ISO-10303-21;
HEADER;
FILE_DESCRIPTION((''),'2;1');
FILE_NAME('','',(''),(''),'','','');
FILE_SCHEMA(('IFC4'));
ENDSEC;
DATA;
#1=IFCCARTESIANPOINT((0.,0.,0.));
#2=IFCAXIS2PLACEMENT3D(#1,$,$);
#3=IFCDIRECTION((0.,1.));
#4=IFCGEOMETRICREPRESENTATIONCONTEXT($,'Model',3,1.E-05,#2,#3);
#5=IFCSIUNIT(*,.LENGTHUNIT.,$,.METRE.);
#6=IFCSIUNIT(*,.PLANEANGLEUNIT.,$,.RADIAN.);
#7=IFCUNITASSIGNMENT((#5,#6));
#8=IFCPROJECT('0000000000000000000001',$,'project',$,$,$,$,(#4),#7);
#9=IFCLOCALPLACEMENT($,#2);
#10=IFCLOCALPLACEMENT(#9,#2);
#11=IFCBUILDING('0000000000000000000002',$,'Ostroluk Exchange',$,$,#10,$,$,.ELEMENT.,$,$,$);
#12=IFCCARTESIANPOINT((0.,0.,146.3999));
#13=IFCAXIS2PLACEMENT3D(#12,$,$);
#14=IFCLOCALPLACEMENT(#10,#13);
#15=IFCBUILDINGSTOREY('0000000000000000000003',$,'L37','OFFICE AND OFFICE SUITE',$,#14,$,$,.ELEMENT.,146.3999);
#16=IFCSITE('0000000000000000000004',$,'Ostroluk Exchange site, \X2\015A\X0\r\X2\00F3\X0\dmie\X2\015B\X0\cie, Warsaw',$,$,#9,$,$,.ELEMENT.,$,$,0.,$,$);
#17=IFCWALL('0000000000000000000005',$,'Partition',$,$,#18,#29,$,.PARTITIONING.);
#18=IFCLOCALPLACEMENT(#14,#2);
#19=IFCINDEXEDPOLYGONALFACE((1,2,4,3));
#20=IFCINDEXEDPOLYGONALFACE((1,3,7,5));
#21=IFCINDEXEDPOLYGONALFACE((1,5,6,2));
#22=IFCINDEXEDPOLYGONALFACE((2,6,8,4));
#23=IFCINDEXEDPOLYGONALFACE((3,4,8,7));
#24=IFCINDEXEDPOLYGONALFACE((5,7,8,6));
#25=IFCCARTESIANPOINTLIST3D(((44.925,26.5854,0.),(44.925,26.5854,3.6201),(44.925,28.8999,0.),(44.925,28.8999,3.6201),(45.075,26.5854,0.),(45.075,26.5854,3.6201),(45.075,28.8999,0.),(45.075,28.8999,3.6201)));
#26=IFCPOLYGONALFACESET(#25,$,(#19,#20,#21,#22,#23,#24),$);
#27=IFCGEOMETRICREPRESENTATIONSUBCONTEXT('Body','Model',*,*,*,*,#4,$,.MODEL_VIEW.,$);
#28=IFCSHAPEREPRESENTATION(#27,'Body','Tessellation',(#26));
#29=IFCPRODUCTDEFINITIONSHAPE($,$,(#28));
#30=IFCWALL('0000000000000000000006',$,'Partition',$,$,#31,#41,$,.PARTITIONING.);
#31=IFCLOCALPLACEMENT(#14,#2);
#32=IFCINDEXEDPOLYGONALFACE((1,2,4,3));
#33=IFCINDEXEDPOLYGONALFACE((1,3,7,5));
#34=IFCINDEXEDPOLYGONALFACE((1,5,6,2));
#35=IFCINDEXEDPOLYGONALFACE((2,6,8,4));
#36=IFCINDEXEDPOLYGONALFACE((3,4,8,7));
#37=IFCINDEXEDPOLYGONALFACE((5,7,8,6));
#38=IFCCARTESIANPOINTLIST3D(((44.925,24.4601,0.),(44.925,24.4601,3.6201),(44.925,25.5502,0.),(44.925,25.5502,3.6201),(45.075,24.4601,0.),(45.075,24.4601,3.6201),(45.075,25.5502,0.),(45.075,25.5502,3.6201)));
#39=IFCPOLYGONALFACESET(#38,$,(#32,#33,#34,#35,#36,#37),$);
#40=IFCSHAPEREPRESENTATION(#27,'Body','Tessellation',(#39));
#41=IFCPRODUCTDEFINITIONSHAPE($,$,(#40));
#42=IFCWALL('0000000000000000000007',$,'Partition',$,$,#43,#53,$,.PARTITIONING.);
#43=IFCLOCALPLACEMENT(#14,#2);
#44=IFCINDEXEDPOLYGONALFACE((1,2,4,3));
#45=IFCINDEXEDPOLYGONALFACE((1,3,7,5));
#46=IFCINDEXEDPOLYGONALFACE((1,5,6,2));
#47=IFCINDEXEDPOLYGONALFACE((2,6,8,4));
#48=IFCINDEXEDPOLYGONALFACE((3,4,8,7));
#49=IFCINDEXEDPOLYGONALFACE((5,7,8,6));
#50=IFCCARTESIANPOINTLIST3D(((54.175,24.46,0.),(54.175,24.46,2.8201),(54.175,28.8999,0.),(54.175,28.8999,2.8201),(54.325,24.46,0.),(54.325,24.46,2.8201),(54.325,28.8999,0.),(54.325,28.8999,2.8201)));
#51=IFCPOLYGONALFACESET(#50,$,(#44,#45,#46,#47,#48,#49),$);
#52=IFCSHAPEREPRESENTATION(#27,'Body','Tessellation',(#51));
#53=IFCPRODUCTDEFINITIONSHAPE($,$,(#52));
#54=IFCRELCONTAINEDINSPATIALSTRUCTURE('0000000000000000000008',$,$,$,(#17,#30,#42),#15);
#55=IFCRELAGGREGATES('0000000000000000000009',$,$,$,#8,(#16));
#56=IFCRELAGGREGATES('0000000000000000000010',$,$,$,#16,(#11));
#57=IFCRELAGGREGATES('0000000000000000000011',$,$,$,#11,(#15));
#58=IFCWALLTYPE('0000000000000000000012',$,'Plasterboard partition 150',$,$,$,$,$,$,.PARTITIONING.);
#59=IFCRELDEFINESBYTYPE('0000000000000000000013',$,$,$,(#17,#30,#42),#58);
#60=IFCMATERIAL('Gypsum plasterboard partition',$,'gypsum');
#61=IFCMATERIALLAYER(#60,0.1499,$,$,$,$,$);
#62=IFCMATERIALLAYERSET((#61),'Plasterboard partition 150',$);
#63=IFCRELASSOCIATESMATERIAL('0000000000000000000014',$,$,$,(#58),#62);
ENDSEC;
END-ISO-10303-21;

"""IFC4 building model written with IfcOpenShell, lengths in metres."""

from ifc_helpers import new_model, si_unit, direction, frame, frame_2d, origin, place, context, subcontext, project, spatial, rectangle, extrude, material, layer, layer_set, type_object, element, save


model = new_model("IFC4")

# Units and contexts
model_context = context("Model", 3, precision=1e-05, world=origin(), true_north=direction((0.0, 1.0)))
body_context = subcontext(model_context, "Body", "Model", "MODEL_VIEW")
ifc_project = project(units=[si_unit("LENGTHUNIT", "METRE"), si_unit("PLANEANGLEUNIT", "RADIAN")], contexts=[model_context])

# Site, building, storey
site_placement = place(None, origin())
site = spatial("IfcSite", under=ifc_project, at=site_placement, Name="Ostroluk Exchange site, Śródmieście, Warsaw", CompositionType="ELEMENT", RefElevation=0.0)
building_placement = place(site_placement, origin())
building = spatial("IfcBuilding", under=site, at=building_placement, Name="Ostroluk Exchange", CompositionType="ELEMENT")
storey_placement = place(building_placement, frame((0.0, 0.0, 146.3999)))
storey = spatial("IfcBuildingStorey", under=building, at=storey_placement, Name="L37", Description="OFFICE AND OFFICE SUITE", CompositionType="ELEMENT", Elevation=146.3999)

# Walls
ifc_material_1 = material(Name="Gypsum plasterboard partition", Category="gypsum")
ifc_layer_1 = layer(ifc_material_1, 0.1499)
ifc_layer_set_1 = layer_set([ifc_layer_1], Name="Plasterboard partition 150")
wall_type = type_object("IfcWallType", Name="Plasterboard partition 150", PredefinedType="PARTITIONING", material=ifc_layer_set_1)
wall_1_placement = place(storey_placement, frame((45.0, 28.8999, 0.0), z_axis=(0.0, 0.0, 1.0), x_axis=(0.0, -1.0, 0.0)))
element("IfcWall", 1, at=wall_1_placement, inside=storey, type_object=wall_type, Name="Partition", PredefinedType="PARTITIONING", context=body_context, shape_type="SweptSolid", body=[
    extrude(rectangle(XDim=2.3145, YDim=0.1499, at=frame_2d((1.1572, 0.0))), origin(), (0.0, 0.0, 1.0), 3.6201),
])
wall_2_placement = place(storey_placement, frame((45.0, 25.55, 0.0), z_axis=(0.0, 0.0, 1.0), x_axis=(0.0, -1.0, 0.0)))
element("IfcWall", 2, at=wall_2_placement, inside=storey, type_object=wall_type, Name="Partition", PredefinedType="PARTITIONING", context=body_context, shape_type="SweptSolid", body=[
    extrude(rectangle(XDim=1.0901, YDim=0.1499, at=frame_2d((0.5449, 0.0))), origin(), (0.0, 0.0, 1.0), 3.6201),
])
wall_3_placement = place(storey_placement, frame((54.25, 28.8999, 0.0), z_axis=(0.0, 0.0, 1.0), x_axis=(0.0, -1.0, 0.0)))
element("IfcWall", 3, at=wall_3_placement, inside=storey, type_object=wall_type, Name="Partition", PredefinedType="PARTITIONING", context=body_context, shape_type="SweptSolid", body=[
    extrude(rectangle(XDim=4.4399, YDim=0.1499, at=frame_2d((2.22, 0.0))), origin(), (0.0, 0.0, 1.0), 2.8201),
])

save(model, "model.ifc")
